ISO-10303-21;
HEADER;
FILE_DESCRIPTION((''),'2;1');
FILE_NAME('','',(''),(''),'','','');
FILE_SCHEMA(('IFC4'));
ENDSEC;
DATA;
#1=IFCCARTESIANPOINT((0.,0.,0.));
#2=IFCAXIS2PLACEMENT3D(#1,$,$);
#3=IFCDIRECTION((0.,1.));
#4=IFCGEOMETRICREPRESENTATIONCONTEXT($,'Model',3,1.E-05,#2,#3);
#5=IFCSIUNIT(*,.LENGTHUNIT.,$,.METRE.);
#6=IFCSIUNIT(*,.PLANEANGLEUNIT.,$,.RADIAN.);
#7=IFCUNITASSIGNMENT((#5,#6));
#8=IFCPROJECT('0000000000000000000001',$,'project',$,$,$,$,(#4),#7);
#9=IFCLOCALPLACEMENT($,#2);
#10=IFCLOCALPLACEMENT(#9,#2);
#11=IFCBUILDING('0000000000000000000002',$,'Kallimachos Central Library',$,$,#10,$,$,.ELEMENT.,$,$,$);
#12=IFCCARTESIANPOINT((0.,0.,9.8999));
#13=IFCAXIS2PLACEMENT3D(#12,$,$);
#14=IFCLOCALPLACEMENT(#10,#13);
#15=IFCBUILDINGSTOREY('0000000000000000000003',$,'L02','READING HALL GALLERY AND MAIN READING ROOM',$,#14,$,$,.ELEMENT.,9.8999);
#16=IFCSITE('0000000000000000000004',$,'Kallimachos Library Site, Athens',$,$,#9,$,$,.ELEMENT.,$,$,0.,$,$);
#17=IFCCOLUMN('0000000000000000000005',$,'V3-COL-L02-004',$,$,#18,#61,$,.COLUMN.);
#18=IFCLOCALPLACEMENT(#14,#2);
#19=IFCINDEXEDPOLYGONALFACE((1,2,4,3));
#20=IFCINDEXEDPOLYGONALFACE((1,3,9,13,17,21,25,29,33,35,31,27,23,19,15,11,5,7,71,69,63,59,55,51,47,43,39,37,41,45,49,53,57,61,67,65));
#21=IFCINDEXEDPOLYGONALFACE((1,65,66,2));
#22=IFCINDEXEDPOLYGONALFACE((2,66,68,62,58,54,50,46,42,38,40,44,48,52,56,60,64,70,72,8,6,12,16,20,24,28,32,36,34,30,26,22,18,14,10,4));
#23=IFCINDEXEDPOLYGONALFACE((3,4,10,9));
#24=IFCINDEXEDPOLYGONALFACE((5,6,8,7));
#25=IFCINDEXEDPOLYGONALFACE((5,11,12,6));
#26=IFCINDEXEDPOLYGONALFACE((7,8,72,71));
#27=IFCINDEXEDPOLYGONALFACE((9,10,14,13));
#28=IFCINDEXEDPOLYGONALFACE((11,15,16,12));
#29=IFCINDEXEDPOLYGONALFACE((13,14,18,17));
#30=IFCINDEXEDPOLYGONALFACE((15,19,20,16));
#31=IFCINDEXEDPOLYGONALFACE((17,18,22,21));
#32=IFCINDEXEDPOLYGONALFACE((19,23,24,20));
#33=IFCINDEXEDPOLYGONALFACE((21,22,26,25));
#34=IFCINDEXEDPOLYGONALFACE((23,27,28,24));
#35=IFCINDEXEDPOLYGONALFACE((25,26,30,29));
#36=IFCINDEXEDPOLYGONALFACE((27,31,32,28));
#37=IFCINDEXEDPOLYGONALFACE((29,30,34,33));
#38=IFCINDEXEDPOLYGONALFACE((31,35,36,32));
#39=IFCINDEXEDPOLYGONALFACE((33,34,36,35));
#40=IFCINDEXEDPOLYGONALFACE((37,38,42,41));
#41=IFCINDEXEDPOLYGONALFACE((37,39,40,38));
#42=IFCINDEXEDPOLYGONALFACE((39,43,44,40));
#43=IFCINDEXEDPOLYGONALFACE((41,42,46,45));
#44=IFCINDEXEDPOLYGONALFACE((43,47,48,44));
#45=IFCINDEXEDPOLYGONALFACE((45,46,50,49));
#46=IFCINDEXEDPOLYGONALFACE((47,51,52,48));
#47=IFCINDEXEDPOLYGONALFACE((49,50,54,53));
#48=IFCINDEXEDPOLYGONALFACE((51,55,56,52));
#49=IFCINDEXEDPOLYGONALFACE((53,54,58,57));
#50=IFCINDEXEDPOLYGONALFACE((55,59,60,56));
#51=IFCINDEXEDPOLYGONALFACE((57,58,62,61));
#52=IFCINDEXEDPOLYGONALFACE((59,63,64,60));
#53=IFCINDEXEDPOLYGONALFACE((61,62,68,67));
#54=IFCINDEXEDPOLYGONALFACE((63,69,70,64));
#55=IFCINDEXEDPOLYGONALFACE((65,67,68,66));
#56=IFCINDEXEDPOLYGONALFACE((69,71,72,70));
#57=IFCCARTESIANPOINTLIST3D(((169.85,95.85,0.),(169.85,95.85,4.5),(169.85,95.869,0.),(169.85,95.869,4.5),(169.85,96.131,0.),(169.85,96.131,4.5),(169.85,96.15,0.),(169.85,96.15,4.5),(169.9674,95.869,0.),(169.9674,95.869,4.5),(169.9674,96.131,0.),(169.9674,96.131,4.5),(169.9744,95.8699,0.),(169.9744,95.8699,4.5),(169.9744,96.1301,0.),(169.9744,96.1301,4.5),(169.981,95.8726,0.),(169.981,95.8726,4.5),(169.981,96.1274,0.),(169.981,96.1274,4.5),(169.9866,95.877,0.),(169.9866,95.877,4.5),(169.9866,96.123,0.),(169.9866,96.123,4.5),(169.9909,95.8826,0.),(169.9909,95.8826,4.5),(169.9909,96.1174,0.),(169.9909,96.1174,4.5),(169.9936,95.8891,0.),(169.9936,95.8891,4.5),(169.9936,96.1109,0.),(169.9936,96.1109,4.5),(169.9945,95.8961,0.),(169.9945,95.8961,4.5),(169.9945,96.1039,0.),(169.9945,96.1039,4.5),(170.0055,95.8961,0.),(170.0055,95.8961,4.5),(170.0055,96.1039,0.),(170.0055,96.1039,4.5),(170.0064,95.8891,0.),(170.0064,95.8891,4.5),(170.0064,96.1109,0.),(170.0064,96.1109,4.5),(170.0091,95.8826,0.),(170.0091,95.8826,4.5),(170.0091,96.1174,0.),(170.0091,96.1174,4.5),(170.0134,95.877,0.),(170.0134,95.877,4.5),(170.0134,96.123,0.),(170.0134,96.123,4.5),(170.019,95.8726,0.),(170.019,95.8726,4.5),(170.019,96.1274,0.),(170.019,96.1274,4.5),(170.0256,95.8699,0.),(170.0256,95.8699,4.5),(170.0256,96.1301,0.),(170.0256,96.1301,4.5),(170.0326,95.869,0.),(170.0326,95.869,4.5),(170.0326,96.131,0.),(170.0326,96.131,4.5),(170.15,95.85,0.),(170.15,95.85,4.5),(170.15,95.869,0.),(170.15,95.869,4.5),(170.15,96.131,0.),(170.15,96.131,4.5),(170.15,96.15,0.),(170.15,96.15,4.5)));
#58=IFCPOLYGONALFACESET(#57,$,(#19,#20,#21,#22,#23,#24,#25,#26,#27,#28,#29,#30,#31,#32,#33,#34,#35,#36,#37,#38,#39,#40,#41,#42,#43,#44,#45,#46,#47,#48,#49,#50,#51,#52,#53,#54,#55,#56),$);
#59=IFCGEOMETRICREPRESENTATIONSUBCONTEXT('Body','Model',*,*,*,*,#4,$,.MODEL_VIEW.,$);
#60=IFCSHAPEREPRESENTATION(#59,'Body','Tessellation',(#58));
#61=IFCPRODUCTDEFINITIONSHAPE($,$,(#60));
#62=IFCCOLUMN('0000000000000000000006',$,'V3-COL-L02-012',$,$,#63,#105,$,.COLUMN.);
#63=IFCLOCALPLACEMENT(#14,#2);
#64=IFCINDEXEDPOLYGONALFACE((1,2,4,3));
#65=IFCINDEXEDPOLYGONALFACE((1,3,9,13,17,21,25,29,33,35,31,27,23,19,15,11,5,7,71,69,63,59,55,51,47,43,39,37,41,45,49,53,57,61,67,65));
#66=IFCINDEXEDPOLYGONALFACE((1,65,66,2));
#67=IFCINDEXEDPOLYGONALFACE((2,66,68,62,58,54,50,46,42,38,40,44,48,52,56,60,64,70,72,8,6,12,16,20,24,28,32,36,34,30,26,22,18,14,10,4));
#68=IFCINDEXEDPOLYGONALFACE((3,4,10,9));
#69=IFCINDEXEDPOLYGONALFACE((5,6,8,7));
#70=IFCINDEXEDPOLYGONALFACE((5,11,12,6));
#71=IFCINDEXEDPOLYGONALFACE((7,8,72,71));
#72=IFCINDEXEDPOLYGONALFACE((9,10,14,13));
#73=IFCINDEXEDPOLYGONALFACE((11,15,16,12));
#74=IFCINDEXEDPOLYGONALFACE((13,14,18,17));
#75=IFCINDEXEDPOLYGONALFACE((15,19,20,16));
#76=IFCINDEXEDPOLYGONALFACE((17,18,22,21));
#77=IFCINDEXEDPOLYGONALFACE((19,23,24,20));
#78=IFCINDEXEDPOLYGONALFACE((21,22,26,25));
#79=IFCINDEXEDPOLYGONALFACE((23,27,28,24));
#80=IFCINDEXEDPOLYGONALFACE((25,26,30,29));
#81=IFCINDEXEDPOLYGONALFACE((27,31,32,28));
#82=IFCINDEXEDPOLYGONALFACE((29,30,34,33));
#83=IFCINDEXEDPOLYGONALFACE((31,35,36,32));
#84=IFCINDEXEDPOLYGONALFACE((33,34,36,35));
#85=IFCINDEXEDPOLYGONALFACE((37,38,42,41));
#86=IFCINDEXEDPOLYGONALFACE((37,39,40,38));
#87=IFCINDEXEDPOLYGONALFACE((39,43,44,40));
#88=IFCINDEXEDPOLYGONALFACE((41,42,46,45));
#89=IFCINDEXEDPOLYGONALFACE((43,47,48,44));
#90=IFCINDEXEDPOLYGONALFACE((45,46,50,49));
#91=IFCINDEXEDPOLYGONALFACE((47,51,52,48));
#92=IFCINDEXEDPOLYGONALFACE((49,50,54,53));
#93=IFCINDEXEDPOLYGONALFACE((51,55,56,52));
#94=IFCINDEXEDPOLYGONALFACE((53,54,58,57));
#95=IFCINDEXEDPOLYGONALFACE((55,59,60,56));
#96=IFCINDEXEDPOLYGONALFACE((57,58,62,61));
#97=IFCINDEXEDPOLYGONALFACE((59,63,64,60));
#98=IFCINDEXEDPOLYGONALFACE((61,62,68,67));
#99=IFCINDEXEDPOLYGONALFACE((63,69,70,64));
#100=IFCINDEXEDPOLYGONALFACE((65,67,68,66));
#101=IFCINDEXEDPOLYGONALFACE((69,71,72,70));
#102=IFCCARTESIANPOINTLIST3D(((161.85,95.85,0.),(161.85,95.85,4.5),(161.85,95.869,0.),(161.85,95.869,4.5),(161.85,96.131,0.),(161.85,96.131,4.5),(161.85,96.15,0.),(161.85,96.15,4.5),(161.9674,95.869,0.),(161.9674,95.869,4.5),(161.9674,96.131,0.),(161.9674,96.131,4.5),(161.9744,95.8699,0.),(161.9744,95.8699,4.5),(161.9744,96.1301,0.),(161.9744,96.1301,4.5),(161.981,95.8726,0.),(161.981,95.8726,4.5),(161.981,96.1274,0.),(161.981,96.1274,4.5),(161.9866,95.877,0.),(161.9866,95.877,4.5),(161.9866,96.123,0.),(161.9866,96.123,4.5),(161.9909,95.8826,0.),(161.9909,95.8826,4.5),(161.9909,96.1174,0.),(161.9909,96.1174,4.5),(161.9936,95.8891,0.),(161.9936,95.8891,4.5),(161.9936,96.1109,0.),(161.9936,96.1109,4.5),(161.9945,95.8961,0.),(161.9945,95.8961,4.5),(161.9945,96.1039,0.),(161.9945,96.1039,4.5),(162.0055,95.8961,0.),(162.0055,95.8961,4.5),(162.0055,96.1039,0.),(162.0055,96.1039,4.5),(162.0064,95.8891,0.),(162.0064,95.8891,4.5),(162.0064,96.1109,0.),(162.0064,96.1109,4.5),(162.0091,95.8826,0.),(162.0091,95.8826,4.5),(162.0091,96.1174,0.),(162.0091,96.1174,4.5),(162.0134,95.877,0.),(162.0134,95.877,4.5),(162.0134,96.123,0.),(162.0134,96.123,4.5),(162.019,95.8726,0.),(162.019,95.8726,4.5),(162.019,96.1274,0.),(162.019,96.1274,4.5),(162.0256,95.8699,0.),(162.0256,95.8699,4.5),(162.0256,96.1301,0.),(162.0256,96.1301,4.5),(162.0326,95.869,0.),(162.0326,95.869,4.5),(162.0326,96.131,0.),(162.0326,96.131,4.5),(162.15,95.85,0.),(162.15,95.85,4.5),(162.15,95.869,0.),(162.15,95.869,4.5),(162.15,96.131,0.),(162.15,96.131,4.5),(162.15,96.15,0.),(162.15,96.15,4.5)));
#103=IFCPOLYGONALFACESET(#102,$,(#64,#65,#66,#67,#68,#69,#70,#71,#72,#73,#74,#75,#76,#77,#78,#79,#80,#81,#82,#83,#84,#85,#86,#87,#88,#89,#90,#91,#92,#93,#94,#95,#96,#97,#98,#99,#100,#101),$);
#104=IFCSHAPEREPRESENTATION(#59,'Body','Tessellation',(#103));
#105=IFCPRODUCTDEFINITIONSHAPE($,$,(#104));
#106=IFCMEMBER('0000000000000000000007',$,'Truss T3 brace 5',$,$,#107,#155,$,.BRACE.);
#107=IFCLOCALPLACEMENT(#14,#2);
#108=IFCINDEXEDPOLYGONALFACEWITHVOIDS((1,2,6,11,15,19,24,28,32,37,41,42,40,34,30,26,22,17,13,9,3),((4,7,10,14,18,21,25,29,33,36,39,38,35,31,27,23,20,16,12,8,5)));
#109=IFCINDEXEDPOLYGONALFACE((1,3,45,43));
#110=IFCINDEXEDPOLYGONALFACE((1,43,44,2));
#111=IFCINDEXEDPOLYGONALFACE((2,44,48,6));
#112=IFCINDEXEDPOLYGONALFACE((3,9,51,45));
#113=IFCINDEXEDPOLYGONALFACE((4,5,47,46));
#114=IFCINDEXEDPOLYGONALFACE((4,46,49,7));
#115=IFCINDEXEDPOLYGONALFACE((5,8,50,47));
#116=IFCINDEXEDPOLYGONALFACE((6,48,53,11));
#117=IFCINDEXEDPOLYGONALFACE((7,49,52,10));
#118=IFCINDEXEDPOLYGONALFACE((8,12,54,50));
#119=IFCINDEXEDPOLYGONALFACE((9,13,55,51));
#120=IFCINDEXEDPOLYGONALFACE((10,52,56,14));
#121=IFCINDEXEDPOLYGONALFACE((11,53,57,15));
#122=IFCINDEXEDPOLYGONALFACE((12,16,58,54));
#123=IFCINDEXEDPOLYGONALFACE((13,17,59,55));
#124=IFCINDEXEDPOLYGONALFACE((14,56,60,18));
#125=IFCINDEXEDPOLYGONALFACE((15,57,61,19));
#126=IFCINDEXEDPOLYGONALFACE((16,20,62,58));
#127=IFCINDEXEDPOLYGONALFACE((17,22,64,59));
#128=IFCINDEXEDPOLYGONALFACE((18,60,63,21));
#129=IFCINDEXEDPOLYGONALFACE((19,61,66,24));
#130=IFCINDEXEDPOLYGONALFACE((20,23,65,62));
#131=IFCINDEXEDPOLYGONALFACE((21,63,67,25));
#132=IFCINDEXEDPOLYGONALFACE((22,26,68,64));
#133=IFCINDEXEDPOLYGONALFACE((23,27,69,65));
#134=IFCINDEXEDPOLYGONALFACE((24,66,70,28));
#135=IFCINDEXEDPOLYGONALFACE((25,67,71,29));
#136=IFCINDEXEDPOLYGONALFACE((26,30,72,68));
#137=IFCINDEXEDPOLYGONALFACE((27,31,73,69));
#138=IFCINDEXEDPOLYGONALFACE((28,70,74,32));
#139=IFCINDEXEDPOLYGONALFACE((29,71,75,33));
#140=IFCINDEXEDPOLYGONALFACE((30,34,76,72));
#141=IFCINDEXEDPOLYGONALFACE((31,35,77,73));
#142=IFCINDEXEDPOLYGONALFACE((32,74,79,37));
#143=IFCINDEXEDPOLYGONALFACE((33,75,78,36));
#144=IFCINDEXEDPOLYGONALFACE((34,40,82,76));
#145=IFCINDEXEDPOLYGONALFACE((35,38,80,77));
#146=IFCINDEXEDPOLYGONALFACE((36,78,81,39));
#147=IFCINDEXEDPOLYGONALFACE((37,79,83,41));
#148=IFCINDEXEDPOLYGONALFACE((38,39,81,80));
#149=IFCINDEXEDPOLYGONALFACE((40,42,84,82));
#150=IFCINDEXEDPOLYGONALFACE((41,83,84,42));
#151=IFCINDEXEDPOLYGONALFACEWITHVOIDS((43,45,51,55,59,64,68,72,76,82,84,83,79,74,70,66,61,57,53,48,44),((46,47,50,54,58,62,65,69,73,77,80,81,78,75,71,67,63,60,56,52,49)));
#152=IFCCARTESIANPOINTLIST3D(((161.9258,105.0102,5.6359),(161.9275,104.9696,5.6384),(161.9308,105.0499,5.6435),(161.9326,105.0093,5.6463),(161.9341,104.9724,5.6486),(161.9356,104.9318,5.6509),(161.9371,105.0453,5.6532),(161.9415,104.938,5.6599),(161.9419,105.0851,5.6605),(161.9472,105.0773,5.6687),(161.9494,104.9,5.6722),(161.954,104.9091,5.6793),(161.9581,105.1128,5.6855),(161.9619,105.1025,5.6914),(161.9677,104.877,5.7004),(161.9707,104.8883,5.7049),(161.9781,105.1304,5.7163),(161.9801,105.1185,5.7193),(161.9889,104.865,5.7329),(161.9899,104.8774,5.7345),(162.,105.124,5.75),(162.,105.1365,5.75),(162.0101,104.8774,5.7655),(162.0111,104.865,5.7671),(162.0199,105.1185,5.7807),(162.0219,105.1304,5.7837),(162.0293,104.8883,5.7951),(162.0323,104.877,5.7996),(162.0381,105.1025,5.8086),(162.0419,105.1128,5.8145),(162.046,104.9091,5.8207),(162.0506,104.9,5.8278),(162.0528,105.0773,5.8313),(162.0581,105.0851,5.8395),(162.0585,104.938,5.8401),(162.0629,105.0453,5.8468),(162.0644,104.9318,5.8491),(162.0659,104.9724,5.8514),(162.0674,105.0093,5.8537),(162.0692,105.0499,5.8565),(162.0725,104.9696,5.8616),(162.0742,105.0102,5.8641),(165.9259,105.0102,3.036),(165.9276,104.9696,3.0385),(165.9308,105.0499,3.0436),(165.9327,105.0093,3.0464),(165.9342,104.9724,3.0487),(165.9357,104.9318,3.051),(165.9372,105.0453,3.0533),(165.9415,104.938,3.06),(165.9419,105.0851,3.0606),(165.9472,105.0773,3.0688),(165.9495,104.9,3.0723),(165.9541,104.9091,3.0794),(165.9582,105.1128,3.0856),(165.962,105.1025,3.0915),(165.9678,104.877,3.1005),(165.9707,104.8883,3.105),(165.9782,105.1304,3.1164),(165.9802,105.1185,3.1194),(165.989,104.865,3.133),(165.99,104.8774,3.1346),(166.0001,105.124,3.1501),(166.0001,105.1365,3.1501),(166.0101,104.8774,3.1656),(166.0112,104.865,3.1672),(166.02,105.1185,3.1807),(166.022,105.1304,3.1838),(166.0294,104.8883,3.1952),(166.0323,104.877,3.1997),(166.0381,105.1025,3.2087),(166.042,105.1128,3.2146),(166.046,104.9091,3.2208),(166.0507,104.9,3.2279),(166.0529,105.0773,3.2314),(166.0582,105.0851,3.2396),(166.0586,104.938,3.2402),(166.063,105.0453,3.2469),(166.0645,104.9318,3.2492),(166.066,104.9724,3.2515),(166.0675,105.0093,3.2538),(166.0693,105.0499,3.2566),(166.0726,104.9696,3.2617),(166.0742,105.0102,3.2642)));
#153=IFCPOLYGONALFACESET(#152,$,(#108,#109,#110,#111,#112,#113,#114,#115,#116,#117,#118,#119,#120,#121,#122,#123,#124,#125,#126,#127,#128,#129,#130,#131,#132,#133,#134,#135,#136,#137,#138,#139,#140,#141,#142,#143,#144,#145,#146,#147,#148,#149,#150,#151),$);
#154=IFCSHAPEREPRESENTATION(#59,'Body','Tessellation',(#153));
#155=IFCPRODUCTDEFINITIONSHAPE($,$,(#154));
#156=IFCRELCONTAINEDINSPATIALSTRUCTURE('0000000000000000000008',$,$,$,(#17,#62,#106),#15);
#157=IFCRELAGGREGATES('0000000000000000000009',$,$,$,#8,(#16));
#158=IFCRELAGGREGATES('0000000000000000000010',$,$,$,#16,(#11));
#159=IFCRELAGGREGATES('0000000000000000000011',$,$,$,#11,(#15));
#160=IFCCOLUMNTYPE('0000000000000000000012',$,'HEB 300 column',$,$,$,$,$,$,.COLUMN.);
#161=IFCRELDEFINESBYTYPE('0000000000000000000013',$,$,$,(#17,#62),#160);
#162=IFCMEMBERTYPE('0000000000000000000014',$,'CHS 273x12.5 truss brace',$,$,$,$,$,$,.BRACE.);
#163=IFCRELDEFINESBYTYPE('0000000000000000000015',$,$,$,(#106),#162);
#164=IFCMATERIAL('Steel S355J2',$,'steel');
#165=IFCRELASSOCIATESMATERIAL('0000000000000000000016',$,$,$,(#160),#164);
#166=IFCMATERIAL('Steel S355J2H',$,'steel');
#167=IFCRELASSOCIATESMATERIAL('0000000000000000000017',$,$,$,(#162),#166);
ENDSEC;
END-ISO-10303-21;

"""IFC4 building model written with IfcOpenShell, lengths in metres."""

from ifc_helpers import new_model, si_unit, direction, frame, origin, origin_2d, place, context, subcontext, project, spatial, hollow_circle, i_section, extrude, material, material_profile, profile_set, type_object, element, save


model = new_model("IFC4")

# Units and contexts
model_context = context("Model", 3, precision=1e-05, world=origin(), true_north=direction((0.0, 1.0)))
body_context = subcontext(model_context, "Body", "Model", "MODEL_VIEW")
ifc_project = project(units=[si_unit("LENGTHUNIT", "METRE"), si_unit("PLANEANGLEUNIT", "RADIAN")], contexts=[model_context])

# Site, building, storey
site_placement = place(None, origin())
site = spatial("IfcSite", under=ifc_project, at=site_placement, Name="Kallimachos Library Site, Athens", CompositionType="ELEMENT", RefElevation=0.0)
building_placement = place(site_placement, origin())
building = spatial("IfcBuilding", under=site, at=building_placement, Name="Kallimachos Central Library", CompositionType="ELEMENT")
storey_placement = place(building_placement, frame((0.0, 0.0, 9.8999)))
storey = spatial("IfcBuildingStorey", under=building, at=storey_placement, Name="L02", Description="READING HALL GALLERY AND MAIN READING ROOM", CompositionType="ELEMENT", Elevation=9.8999)

# Columns
ifc_material_1 = material(Name="Steel S355J2", Category="steel")
ifc_material_profile_1 = material_profile(ifc_material_1, i_section(OverallWidth=0.3, OverallDepth=0.3, WebThickness=0.011, FlangeThickness=0.019, FilletRadius=0.0271, at=origin_2d()), Name="HEB 300")
ifc_profile_set_1 = profile_set([ifc_material_profile_1], Name="Steel S355J2")
column_type = type_object("IfcColumnType", Name="HEB 300 column", PredefinedType="COLUMN", material=ifc_profile_set_1)
for number, where, z_axis, x_axis, name in (
    (1, (170.0, 96.0, 0.0), (0.0, 0.0, 1.0), (1.0, 0.0, 0.0), "V3-COL-L02-004"),
    (2, (162.0, 96.0, 0.0), (0.0, 0.0, 1.0), (1.0, 0.0, 0.0), "V3-COL-L02-012"),
):
    element("IfcColumn", number, at=place(storey_placement, frame(where, z_axis=z_axis, x_axis=x_axis)), inside=storey, type_object=column_type, Name=name, PredefinedType="COLUMN", context=body_context, shape_type="SweptSolid", body=[
        extrude(i_section(OverallWidth=0.3, OverallDepth=0.3, WebThickness=0.011, FlangeThickness=0.019, FilletRadius=0.0271, at=origin_2d()), origin(), (0.0, 0.0, 1.0), 4.5),
    ])

# Member
ifc_material_2 = material(Name="Steel S355J2H", Category="steel")
ifc_material_profile_2 = material_profile(ifc_material_2, hollow_circle(Radius=0.1365, WallThickness=0.0125, at=origin_2d()), Name="CHS 273x12.5")
ifc_profile_set_2 = profile_set([ifc_material_profile_2], Name="Steel S355J2H")
member_type_1 = type_object("IfcMemberType", Name="CHS 273x12.5 truss brace", PredefinedType="BRACE", material=ifc_profile_set_2)
member_1_placement = place(storey_placement, frame((162.0, 105.0, 5.75), z_axis=(0.838458, 0.0, -0.544967), x_axis=(0.0, 1.0, 0.0)))
element("IfcMember", 3, at=member_1_placement, inside=storey, type_object=member_type_1, Name="Truss T3 brace 5", PredefinedType="BRACE", context=body_context, shape_type="SweptSolid", body=[
    extrude(hollow_circle(Radius=0.1365, WallThickness=0.0125, at=origin_2d()), origin(), (0.0, 0.0, 1.0), 4.7708),
])

save(model, "model.ifc")
